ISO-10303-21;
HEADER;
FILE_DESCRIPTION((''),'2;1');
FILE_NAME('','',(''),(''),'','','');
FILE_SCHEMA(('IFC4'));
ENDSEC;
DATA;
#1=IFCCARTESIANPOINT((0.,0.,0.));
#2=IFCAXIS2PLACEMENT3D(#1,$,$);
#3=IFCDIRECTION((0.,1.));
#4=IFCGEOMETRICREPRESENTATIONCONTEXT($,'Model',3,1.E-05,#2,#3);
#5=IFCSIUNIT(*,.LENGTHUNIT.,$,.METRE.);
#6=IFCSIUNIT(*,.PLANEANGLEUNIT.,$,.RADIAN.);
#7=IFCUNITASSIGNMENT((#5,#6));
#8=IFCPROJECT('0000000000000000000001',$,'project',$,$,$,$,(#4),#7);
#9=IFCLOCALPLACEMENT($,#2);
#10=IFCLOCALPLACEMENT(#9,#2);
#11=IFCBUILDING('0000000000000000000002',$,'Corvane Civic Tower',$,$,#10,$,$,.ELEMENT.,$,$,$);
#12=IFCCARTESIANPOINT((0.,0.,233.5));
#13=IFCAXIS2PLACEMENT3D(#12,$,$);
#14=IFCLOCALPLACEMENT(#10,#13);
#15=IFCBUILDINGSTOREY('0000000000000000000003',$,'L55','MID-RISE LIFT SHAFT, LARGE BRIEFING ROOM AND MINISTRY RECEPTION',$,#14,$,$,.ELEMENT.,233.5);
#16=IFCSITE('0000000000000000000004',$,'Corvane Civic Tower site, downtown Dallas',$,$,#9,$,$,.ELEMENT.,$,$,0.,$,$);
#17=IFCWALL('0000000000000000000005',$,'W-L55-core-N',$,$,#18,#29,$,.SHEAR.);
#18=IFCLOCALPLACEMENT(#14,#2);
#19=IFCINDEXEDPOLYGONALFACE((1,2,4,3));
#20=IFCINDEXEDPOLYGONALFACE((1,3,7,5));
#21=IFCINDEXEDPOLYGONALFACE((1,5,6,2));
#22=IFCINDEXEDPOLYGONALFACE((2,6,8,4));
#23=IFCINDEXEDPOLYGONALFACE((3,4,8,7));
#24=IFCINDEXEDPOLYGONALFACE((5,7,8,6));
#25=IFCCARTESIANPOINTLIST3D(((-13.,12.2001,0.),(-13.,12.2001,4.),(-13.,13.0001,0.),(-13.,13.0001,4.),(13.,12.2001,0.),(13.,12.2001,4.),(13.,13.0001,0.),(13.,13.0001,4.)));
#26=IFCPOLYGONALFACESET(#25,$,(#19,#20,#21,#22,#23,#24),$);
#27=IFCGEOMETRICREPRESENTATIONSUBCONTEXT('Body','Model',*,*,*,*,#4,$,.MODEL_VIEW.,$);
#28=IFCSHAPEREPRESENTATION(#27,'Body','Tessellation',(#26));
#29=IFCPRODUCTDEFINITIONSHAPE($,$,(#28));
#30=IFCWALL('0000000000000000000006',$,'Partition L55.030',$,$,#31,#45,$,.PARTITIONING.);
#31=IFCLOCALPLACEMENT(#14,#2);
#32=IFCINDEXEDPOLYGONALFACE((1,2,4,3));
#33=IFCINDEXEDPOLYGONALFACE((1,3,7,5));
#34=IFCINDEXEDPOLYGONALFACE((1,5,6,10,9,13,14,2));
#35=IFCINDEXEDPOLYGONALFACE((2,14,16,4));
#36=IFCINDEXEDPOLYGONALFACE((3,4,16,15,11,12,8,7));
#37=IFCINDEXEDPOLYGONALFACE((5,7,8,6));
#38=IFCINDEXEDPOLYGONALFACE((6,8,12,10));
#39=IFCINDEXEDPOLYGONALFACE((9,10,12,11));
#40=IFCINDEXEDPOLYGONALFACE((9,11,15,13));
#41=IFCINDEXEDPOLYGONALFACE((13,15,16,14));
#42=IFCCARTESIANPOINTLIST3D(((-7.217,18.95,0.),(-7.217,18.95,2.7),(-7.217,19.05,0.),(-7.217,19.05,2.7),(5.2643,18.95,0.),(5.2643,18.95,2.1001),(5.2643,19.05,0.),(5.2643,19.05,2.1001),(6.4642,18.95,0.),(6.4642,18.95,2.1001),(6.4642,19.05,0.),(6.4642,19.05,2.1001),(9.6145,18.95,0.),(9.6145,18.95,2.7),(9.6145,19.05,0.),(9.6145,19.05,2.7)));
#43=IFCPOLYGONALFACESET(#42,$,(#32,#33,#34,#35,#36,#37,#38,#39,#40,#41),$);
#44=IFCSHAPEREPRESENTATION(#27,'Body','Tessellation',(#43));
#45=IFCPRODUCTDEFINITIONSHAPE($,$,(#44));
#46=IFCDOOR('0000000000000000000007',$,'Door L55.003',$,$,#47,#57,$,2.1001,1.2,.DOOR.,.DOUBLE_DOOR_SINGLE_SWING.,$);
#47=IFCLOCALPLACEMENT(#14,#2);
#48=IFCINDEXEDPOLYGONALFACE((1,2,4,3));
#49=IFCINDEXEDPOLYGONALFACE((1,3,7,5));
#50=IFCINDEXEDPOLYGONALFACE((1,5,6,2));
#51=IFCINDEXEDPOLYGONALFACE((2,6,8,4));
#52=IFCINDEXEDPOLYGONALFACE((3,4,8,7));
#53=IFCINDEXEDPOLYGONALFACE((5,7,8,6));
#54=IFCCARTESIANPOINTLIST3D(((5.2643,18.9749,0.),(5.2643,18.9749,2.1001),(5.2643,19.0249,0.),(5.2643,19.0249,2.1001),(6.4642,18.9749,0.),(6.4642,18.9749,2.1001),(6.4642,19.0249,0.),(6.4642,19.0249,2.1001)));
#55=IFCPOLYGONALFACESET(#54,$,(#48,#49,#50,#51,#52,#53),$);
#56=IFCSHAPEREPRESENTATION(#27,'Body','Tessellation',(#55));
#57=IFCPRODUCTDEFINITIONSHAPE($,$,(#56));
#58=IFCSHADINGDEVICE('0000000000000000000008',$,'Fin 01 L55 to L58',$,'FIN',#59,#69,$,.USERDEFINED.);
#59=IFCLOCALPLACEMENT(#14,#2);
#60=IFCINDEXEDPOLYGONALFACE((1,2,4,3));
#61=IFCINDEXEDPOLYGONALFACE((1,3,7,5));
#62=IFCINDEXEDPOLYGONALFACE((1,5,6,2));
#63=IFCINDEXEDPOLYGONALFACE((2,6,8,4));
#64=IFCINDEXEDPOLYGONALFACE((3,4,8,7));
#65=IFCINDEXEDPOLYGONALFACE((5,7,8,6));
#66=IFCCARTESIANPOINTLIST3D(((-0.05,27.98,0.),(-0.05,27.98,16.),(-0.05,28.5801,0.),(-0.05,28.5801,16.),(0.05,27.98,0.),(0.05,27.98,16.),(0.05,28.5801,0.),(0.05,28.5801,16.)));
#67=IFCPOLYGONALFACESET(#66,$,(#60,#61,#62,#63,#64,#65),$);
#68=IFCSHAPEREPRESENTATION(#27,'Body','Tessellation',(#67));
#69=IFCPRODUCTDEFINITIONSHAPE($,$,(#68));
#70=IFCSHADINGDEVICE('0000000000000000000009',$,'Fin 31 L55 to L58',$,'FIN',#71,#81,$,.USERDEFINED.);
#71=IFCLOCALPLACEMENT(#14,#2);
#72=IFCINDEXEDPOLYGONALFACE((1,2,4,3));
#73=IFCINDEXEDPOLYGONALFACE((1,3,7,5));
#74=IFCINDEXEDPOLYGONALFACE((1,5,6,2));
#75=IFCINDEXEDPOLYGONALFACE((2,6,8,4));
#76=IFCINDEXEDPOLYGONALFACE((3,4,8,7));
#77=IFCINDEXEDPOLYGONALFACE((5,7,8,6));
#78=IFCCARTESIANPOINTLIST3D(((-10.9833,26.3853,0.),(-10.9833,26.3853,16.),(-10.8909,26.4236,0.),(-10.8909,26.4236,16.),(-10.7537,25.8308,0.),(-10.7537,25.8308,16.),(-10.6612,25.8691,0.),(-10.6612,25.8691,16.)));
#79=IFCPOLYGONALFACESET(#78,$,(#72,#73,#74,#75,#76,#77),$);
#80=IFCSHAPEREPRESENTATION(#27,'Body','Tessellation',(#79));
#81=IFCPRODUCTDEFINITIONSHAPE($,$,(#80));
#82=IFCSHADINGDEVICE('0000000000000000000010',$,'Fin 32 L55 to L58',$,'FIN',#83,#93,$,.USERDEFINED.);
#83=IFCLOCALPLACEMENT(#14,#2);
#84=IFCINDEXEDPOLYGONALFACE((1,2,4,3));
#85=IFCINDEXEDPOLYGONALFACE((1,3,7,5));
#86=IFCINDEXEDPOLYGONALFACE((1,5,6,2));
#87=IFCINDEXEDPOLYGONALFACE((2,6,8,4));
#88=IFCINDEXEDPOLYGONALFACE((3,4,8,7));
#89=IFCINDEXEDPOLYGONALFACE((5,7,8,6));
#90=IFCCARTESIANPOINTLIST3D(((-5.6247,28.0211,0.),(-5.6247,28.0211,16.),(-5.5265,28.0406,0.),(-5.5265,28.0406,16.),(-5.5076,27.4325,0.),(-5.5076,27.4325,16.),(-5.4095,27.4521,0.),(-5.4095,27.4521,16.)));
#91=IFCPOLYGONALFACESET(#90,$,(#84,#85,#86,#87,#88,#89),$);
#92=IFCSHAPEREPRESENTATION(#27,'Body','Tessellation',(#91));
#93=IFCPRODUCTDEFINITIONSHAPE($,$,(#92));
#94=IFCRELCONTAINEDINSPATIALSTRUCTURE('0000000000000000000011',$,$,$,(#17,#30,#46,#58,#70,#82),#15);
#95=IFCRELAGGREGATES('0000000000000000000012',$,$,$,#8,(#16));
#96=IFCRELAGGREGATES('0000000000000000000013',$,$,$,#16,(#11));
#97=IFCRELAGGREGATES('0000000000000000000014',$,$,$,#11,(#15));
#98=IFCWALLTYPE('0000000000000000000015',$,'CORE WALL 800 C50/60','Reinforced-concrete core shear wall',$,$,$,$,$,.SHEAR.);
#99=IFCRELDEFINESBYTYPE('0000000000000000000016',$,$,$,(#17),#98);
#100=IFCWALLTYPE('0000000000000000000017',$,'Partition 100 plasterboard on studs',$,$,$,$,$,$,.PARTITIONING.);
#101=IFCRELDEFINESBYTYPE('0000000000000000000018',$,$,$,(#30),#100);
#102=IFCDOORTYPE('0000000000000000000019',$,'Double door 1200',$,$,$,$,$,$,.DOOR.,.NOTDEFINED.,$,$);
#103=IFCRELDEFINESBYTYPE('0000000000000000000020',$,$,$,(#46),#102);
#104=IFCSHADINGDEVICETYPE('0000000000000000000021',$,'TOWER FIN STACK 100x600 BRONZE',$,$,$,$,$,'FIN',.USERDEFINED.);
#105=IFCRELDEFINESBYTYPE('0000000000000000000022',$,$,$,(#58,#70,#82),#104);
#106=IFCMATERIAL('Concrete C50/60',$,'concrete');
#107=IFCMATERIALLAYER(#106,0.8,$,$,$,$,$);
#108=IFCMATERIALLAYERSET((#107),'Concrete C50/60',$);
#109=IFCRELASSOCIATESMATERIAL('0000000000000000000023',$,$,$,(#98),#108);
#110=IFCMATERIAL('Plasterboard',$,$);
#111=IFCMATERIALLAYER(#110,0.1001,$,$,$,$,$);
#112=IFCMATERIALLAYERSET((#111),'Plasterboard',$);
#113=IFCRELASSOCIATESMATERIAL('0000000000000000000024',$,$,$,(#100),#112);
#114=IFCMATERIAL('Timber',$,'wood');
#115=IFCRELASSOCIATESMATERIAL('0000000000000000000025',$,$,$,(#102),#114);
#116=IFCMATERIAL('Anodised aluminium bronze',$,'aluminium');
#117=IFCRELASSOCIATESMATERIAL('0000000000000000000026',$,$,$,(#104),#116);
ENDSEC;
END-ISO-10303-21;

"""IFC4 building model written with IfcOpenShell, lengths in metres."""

from ifc_helpers import new_model, si_unit, direction, frame, frame_2d, origin, origin_2d, place, context, subcontext, project, spatial, rectangle, extrude, material, layer, layer_set, material_profile, profile_set, type_object, element, fill, save


model = new_model("IFC4")

# Units and contexts
model_context = context("Model", 3, precision=1e-05, world=origin(), true_north=direction((0.0, 1.0)))
body_context = subcontext(model_context, "Body", "Model", "MODEL_VIEW")
ifc_project = project(units=[si_unit("LENGTHUNIT", "METRE"), si_unit("PLANEANGLEUNIT", "RADIAN")], contexts=[model_context])

# Site, building, storey
site_placement = place(None, origin())
site = spatial("IfcSite", under=ifc_project, at=site_placement, Name="Corvane Civic Tower site, downtown Dallas", CompositionType="ELEMENT", RefElevation=0.0)
building_placement = place(site_placement, origin())
building = spatial("IfcBuilding", under=site, at=building_placement, Name="Corvane Civic Tower", CompositionType="ELEMENT")
storey_placement = place(building_placement, frame((0.0, 0.0, 233.5)))
storey = spatial("IfcBuildingStorey", under=building, at=storey_placement, Name="L55", Description="MID-RISE LIFT SHAFT, LARGE BRIEFING ROOM AND MINISTRY RECEPTION", CompositionType="ELEMENT", Elevation=233.5)

# Wall
ifc_material_1 = material(Name="Concrete C50/60", Category="concrete")
ifc_layer_1 = layer(ifc_material_1, 0.8)
ifc_layer_set_1 = layer_set([ifc_layer_1], Name="Concrete C50/60")
wall_type_1 = type_object("IfcWallType", Name="CORE WALL 800 C50/60", Description="Reinforced-concrete core shear wall", PredefinedType="SHEAR", material=ifc_layer_set_1)
wall_1_placement = place(storey_placement, frame((-13.0, 12.6001, 0.0), z_axis=(0.0, 0.0, 1.0), x_axis=(1.0, 0.0, 0.0)))
element("IfcWall", 1, at=wall_1_placement, inside=storey, type_object=wall_type_1, Name="W-L55-core-N", PredefinedType="SHEAR", context=body_context, shape_type="SweptSolid", body=[
    extrude(rectangle(XDim=26.0, YDim=0.8, at=frame_2d((13.0, 0.0))), origin(), (0.0, 0.0, 1.0), 4.0),
])

# Wall, opening, door
ifc_material_2 = material(Name="Plasterboard")
ifc_layer_2 = layer(ifc_material_2, 0.1001)
ifc_layer_set_2 = layer_set([ifc_layer_2], Name="Plasterboard")
wall_type_2 = type_object("IfcWallType", Name="Partition 100 plasterboard on studs", PredefinedType="PARTITIONING", material=ifc_layer_set_2)
wall_2_placement = place(storey_placement, frame((-7.217, 19.0, 0.0), z_axis=(0.0, 0.0, 1.0), x_axis=(1.0, 0.0, 0.0)))
wall_2 = element("IfcWall", 2, at=wall_2_placement, inside=storey, type_object=wall_type_2, Name="Partition L55.030", PredefinedType="PARTITIONING", context=body_context, shape_type="SweptSolid", body=[
    extrude(rectangle(XDim=16.8315, YDim=0.1001, at=frame_2d((8.4158, 0.0))), origin(), (0.0, 0.0, 1.0), 2.7),
])
opening_placement = place(wall_2_placement, frame((12.4812, 0.0, 0.0)))
opening = element("IfcOpeningElement", 3, at=opening_placement, cuts=wall_2, PredefinedType="OPENING", context=body_context, shape_type="SweptSolid", body=[
    extrude(rectangle(XDim=1.2, YDim=2.1001, at=frame_2d((0.6001, 1.05))), frame((0.0, 0.0601, 0.0), z_axis=(0.0, -1.0, 0.0), x_axis=(1.0, 0.0, 0.0)), (0.0, 0.0, 1.0), 0.1201),
])
ifc_material_3 = material(Name="Timber", Category="wood")
door_type = type_object("IfcDoorType", Name="Double door 1200", OperationType="NOTDEFINED", PredefinedType="DOOR", material=ifc_material_3)
door_placement = place(opening_placement, origin())
door = element("IfcDoor", 4, at=door_placement, inside=storey, type_object=door_type, Name="Door L55.003", OperationType="DOUBLE_DOOR_SINGLE_SWING", OverallHeight=2.1001, OverallWidth=1.2, PredefinedType="DOOR", context=body_context, shape_type="SweptSolid", body=[
    extrude(rectangle(XDim=1.2, YDim=2.1001, at=frame_2d((0.6001, 1.05))), frame((0.0, 0.0249, 0.0), z_axis=(0.0, -1.0, 0.0), x_axis=(1.0, 0.0, 0.0)), (0.0, 0.0, 1.0), 0.05),
])
fill(opening, door)

# Shading devices
ifc_material_4 = material(Name="Anodised aluminium bronze", Category="aluminium")
ifc_material_profile_1 = material_profile(ifc_material_4, rectangle(XDim=0.1001, YDim=0.6001, at=origin_2d()), Name="TOWER FIN STACK 100x600 BRONZE")
ifc_profile_set_1 = profile_set([ifc_material_profile_1], Name="Anodised aluminium bronze")
shading_device_type = type_object("IfcShadingDeviceType", Name="TOWER FIN STACK 100x600 BRONZE", ElementType="FIN", PredefinedType="USERDEFINED", material=ifc_profile_set_1)
for number, where, z_axis, x_axis, name in (
    (5, (0.0, 28.28, 0.0), (0.0, 0.0, 1.0), (1.0, 0.0, 0.0), "Fin 01 L55 to L58"),
    (6, (-10.8223, 26.1272, 0.0), (0.0, 0.0, 1.0), (0.92388, 0.382683, 0.0), "Fin 31 L55 to L58"),
    (7, (-5.5171, 27.7366, 0.0), (0.0, 0.0, 1.0), (0.980785, 0.19509, 0.0), "Fin 32 L55 to L58"),
):
    element("IfcShadingDevice", number, at=place(storey_placement, frame(where, z_axis=z_axis, x_axis=x_axis)), inside=storey, type_object=shading_device_type, Name=name, ObjectType="FIN", PredefinedType="USERDEFINED", context=body_context, shape_type="SweptSolid", body=[
        extrude(rectangle(XDim=0.1001, YDim=0.6001, at=origin_2d()), origin(), (0.0, 0.0, 1.0), 16.0),
    ])

save(model, "model.ifc")
